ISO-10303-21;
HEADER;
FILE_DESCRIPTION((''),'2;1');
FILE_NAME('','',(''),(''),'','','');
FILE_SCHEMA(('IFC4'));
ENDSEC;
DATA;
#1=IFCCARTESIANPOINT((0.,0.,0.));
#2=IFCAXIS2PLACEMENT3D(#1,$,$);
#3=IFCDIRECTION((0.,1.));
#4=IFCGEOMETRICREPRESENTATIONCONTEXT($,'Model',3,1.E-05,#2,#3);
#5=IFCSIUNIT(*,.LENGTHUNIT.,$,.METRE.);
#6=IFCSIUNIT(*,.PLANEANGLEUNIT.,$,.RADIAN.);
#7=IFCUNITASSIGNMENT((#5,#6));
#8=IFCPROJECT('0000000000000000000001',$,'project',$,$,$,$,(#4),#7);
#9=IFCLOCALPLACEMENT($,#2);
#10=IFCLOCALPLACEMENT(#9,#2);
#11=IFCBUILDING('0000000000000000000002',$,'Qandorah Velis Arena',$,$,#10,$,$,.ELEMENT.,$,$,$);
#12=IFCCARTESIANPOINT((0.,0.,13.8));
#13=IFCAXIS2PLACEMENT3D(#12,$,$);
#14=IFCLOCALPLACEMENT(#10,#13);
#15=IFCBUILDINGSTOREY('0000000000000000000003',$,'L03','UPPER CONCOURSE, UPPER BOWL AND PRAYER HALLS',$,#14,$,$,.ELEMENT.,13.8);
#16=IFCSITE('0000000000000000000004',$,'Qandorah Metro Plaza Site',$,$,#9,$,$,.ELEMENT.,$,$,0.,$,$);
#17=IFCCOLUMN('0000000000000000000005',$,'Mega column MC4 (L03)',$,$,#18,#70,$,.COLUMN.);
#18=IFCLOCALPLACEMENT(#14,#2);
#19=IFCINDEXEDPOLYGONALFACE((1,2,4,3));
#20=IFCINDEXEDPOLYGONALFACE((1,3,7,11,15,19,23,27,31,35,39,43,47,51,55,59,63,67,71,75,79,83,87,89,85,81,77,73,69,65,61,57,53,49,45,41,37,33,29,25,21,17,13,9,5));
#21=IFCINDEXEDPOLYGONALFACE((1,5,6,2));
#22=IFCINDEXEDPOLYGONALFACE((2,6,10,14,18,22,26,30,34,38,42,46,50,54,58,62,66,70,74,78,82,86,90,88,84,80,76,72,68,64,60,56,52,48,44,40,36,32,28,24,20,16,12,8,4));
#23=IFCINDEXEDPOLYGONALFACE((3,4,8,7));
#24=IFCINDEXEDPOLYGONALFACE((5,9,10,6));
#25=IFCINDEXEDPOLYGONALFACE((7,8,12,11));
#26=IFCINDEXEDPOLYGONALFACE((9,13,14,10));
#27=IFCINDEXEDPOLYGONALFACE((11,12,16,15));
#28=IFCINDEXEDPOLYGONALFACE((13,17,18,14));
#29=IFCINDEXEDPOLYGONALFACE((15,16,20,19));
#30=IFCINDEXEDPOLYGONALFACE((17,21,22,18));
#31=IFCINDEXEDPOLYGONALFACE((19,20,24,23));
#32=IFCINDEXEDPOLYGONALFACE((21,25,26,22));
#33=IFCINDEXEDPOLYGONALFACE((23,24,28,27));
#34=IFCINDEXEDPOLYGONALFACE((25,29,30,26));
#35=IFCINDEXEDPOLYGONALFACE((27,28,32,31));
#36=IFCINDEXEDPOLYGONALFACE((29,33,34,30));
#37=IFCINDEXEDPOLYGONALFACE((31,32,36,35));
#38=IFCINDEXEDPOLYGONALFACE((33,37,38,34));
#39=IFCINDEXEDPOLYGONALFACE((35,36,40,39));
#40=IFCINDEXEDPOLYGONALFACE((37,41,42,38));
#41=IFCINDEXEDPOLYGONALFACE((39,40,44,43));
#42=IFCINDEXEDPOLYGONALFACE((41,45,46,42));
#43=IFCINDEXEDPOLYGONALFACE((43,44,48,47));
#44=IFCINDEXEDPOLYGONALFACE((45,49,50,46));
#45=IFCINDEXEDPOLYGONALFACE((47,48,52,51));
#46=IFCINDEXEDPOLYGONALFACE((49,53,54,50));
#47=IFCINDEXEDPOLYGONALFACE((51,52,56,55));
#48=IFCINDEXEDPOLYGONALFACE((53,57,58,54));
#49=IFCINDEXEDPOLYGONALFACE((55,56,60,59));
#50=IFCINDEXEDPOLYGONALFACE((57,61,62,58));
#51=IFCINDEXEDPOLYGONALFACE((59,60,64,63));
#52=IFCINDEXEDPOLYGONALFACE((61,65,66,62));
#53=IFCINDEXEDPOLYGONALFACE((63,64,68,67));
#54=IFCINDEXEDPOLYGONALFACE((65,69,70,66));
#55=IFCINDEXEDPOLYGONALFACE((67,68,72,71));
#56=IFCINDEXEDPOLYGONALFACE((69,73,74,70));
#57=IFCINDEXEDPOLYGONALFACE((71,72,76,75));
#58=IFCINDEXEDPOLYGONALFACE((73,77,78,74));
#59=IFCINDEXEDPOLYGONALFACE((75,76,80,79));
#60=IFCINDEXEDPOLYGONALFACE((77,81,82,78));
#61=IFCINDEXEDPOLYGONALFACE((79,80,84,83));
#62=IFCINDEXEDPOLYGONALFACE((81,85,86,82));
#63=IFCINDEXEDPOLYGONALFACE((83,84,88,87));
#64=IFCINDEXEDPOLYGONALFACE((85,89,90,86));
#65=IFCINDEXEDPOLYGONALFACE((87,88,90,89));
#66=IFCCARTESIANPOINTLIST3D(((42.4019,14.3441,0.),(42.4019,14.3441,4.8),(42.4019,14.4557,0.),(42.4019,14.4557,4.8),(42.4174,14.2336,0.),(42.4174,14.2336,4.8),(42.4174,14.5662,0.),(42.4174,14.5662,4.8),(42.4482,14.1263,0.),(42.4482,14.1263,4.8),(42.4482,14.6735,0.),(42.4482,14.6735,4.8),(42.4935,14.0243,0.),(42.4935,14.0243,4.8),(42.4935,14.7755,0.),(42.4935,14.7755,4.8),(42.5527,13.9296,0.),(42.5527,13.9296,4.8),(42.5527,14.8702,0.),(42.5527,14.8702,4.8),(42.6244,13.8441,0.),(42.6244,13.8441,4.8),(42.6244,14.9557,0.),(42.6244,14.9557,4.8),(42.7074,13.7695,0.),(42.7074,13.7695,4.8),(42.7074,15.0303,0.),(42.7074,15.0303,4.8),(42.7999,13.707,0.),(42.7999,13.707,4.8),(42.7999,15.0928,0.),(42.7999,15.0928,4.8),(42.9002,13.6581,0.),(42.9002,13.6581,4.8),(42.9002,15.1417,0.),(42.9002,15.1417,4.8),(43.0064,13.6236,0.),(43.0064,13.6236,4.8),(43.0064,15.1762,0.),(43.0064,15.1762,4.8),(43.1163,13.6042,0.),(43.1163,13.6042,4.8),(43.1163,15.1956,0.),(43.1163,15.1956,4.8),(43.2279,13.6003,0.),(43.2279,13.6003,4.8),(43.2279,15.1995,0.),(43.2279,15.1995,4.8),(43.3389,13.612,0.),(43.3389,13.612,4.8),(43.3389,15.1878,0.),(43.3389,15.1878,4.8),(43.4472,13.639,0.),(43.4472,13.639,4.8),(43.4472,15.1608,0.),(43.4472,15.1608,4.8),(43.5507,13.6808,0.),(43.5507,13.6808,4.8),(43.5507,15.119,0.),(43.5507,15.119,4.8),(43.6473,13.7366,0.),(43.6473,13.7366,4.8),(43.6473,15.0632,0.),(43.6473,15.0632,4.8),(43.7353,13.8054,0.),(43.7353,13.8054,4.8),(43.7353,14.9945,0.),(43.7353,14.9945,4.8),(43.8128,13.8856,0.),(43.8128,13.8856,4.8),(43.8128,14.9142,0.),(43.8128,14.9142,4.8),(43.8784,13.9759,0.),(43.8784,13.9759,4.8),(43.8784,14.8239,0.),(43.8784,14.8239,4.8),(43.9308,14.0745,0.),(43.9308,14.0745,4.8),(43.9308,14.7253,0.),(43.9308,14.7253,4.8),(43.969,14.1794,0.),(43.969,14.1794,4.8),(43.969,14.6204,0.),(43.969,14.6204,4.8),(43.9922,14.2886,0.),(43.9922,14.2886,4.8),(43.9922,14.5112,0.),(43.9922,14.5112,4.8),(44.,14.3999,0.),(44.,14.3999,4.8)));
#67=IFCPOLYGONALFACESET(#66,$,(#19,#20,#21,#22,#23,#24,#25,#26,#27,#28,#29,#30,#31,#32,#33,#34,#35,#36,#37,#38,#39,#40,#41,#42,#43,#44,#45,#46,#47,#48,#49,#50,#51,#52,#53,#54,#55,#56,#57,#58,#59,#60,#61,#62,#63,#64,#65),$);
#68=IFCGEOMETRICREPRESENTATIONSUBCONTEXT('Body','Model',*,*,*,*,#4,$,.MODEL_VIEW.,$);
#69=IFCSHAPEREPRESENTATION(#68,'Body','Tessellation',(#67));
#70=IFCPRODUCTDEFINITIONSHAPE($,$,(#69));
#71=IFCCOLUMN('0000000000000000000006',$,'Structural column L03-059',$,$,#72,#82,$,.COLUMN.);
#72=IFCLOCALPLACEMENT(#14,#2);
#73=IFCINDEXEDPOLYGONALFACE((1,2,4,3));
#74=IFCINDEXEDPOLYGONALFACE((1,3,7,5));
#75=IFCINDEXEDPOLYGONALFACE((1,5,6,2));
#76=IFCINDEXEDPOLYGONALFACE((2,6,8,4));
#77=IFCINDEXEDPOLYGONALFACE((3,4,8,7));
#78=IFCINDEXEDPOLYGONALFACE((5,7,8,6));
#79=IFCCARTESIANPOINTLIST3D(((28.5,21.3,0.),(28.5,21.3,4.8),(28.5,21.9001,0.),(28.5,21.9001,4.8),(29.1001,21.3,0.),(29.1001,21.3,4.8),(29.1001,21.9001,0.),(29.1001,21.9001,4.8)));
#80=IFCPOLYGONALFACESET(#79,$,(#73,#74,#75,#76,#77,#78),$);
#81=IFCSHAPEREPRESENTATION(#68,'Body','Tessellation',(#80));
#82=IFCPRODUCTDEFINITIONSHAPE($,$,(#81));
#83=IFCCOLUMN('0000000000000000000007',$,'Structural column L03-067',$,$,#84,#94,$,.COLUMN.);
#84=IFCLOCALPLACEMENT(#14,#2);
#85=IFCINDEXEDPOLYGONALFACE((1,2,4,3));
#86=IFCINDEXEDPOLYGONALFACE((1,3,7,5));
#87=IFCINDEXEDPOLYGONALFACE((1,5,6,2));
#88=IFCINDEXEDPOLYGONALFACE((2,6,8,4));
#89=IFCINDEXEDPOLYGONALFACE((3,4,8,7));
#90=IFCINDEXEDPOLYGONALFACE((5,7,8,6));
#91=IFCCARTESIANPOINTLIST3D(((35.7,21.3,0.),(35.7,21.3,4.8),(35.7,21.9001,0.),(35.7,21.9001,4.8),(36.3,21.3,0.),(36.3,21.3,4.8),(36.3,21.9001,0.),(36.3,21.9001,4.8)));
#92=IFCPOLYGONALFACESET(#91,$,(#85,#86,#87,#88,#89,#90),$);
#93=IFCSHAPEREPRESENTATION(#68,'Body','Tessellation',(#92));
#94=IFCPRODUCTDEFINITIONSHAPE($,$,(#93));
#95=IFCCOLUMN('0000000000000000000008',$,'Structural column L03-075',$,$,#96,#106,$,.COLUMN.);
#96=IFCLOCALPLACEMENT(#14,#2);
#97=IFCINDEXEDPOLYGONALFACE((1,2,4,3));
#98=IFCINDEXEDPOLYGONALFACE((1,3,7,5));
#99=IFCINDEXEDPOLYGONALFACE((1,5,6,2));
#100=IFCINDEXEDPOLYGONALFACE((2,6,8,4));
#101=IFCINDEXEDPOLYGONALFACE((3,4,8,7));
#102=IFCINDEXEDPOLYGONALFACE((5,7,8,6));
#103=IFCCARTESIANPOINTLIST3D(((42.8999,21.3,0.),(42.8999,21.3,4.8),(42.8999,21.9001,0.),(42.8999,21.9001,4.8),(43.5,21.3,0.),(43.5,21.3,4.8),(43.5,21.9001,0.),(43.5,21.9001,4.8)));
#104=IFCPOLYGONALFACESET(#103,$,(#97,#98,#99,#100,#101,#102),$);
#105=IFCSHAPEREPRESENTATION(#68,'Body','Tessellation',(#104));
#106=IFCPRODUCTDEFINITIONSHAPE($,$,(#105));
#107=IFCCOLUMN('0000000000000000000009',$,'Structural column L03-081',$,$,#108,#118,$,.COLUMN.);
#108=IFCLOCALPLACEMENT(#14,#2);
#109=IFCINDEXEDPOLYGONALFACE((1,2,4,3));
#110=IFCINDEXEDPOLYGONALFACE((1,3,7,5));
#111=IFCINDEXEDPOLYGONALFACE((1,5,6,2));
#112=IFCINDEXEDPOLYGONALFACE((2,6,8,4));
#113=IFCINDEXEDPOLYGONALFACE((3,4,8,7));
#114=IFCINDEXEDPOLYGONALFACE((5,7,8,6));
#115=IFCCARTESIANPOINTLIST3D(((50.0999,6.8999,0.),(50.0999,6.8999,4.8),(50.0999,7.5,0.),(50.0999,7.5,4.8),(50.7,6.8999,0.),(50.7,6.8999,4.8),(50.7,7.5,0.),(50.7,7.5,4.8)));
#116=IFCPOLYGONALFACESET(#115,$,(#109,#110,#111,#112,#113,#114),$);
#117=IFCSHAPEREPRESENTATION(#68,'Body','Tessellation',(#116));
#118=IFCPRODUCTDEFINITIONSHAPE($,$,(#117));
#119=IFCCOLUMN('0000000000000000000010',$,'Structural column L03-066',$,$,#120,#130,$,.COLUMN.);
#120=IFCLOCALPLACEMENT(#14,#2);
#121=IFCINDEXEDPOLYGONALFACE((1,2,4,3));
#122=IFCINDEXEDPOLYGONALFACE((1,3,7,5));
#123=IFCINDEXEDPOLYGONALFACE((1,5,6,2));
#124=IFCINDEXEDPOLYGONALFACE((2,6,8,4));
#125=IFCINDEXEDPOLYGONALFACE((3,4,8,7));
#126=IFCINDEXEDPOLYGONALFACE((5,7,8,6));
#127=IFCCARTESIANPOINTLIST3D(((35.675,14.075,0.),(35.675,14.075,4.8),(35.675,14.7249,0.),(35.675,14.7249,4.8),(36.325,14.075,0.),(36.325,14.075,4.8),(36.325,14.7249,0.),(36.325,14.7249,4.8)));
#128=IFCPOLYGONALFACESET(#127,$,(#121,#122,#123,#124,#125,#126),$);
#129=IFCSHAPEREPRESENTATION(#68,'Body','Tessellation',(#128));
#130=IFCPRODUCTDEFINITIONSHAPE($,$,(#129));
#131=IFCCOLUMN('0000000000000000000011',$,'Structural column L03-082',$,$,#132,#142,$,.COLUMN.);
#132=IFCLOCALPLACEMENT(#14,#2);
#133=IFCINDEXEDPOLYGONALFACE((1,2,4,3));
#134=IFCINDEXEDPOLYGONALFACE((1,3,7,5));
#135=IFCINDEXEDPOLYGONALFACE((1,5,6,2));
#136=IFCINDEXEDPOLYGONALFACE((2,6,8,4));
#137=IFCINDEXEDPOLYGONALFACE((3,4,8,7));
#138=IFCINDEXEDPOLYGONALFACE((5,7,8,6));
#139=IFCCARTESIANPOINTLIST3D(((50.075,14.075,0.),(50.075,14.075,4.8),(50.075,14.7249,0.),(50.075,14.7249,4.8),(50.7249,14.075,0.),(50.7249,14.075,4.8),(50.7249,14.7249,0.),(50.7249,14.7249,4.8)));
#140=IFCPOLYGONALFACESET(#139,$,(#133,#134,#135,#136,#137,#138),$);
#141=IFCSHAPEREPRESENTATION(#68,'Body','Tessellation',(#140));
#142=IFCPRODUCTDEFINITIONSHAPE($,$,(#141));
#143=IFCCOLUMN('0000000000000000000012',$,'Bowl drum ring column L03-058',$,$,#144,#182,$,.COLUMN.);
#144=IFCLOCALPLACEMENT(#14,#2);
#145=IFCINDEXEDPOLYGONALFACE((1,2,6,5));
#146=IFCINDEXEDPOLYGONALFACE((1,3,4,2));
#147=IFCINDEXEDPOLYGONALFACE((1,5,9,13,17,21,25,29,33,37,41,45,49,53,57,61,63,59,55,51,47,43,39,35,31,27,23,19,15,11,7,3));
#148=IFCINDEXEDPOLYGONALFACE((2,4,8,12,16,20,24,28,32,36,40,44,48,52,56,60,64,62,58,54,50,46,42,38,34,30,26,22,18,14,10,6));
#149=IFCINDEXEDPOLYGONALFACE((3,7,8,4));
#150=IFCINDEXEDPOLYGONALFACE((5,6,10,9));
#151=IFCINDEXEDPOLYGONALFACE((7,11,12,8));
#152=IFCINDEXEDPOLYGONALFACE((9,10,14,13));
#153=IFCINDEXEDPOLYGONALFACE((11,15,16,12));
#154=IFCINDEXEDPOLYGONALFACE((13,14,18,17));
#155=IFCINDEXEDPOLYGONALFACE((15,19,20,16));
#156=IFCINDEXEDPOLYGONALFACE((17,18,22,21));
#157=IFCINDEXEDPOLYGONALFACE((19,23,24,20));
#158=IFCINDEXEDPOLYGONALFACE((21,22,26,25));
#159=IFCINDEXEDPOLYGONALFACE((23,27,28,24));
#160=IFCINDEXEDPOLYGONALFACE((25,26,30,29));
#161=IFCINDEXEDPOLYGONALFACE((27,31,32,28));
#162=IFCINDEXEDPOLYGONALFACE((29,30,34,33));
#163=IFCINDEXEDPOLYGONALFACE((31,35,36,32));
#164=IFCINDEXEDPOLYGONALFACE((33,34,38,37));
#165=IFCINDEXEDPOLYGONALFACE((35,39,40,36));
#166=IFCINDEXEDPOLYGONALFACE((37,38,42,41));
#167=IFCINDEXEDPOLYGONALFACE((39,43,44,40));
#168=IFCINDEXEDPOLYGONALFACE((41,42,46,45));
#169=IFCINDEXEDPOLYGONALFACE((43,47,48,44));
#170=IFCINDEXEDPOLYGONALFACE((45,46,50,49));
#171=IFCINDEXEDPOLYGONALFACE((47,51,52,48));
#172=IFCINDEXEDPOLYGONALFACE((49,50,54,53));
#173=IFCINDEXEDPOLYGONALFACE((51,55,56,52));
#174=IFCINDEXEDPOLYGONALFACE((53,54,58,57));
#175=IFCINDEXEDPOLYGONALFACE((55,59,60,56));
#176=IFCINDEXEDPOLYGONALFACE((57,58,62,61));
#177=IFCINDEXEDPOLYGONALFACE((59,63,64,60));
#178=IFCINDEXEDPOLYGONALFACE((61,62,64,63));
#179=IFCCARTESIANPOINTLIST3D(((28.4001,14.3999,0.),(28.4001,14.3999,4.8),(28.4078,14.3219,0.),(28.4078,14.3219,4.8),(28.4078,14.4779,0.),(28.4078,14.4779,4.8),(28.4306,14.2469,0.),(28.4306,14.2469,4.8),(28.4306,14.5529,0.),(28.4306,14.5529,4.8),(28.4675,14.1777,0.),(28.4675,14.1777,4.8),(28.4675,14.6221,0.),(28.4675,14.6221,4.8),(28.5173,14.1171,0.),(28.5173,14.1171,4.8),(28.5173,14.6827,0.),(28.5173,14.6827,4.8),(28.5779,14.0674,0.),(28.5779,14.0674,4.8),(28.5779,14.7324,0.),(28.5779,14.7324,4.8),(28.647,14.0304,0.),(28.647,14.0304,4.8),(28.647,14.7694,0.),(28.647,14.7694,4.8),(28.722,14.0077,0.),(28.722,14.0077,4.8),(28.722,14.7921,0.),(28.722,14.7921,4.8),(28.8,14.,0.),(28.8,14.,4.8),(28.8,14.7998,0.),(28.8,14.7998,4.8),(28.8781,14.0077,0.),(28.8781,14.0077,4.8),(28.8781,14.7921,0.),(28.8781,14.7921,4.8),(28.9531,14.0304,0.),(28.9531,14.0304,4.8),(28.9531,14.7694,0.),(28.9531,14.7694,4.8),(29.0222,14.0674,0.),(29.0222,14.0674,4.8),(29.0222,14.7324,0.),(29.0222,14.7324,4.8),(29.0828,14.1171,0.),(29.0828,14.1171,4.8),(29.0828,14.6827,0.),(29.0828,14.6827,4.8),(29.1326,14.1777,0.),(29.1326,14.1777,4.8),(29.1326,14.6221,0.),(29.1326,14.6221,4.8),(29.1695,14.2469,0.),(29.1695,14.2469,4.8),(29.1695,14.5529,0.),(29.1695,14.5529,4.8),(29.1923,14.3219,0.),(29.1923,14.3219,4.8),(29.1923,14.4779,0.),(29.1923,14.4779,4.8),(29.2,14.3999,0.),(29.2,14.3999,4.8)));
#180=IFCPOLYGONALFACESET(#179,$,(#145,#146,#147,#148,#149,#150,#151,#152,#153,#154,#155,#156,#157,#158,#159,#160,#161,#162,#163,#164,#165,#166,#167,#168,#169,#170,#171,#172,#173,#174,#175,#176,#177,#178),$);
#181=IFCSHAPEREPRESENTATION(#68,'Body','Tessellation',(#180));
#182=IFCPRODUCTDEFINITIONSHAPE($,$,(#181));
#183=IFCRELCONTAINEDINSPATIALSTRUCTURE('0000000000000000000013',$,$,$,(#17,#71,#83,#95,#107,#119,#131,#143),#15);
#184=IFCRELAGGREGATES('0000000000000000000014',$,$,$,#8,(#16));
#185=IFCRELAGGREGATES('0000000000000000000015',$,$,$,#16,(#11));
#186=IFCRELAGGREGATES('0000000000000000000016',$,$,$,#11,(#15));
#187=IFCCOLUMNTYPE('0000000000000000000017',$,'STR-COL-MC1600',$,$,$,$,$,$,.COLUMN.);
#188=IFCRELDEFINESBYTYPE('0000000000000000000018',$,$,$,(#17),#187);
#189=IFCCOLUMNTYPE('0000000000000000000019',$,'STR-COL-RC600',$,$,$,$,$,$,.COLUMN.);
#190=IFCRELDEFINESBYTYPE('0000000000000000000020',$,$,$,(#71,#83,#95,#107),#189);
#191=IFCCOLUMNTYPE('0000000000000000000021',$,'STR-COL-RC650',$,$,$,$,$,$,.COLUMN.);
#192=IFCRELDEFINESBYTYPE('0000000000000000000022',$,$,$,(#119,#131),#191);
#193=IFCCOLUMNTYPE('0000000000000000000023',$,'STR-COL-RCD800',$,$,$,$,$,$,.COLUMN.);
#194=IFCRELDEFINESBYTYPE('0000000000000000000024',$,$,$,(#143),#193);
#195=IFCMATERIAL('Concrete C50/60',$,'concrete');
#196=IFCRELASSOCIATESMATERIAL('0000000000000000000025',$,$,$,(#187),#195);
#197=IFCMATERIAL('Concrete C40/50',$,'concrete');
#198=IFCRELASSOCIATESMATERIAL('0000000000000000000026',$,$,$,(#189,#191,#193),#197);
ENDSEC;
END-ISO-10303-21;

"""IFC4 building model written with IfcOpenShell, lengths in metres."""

from ifc_helpers import new_model, si_unit, direction, frame, origin, origin_2d, place, context, subcontext, project, spatial, rectangle, circle, extrude, material, material_profile, profile_set, type_object, element, save


model = new_model("IFC4")

# Units and contexts
model_context = context("Model", 3, precision=1e-05, world=origin(), true_north=direction((0.0, 1.0)))
body_context = subcontext(model_context, "Body", "Model", "MODEL_VIEW")
ifc_project = project(units=[si_unit("LENGTHUNIT", "METRE"), si_unit("PLANEANGLEUNIT", "RADIAN")], contexts=[model_context])

# Site, building, storey
site_placement = place(None, origin())
site = spatial("IfcSite", under=ifc_project, at=site_placement, Name="Qandorah Metro Plaza Site", CompositionType="ELEMENT", RefElevation=0.0)
building_placement = place(site_placement, origin())
building = spatial("IfcBuilding", under=site, at=building_placement, Name="Qandorah Velis Arena", CompositionType="ELEMENT")
storey_placement = place(building_placement, frame((0.0, 0.0, 13.8)))
storey = spatial("IfcBuildingStorey", under=building, at=storey_placement, Name="L03", Description="UPPER CONCOURSE, UPPER BOWL AND PRAYER HALLS", CompositionType="ELEMENT", Elevation=13.8)

# Columns
ifc_material_1 = material(Name="Concrete C50/60", Category="concrete")
ifc_material_profile_1 = material_profile(ifc_material_1, circle(Radius=0.8, at=origin_2d()), Name="MC D1600")
ifc_profile_set_1 = profile_set([ifc_material_profile_1], Name="Concrete C50/60")
column_type_1 = type_object("IfcColumnType", Name="STR-COL-MC1600", PredefinedType="COLUMN", material=ifc_profile_set_1)
column_1_placement = place(storey_placement, frame((43.2, 14.3999, 0.0), z_axis=(0.0, 0.0, 1.0), x_axis=(1.0, 0.0, 0.0)))
element("IfcColumn", 1, at=column_1_placement, inside=storey, type_object=column_type_1, Name="Mega column MC4 (L03)", PredefinedType="COLUMN", context=body_context, shape_type="SweptSolid", body=[
    extrude(circle(Radius=0.8, at=origin_2d()), origin(), (0.0, 0.0, 1.0), 4.8),
])
ifc_material_2 = material(Name="Concrete C40/50", Category="concrete")
ifc_material_profile_2 = material_profile(ifc_material_2, rectangle(XDim=0.6001, YDim=0.6001, at=origin_2d()), Name="RC COL 600x600")
ifc_profile_set_2 = profile_set([ifc_material_profile_2], Name="Concrete C40/50")
column_type_2 = type_object("IfcColumnType", Name="STR-COL-RC600", PredefinedType="COLUMN", material=ifc_profile_set_2)
for number, where, z_axis, x_axis, name in (
    (2, (28.8, 21.6001, 0.0), (0.0, 0.0, 1.0), (1.0, 0.0, 0.0), "Structural column L03-059"),
    (3, (36.0, 21.6001, 0.0), (0.0, 0.0, 1.0), (1.0, 0.0, 0.0), "Structural column L03-067"),
    (4, (43.2, 21.6001, 0.0), (0.0, 0.0, 1.0), (1.0, 0.0, 0.0), "Structural column L03-075"),
    (5, (50.3999, 7.2, 0.0), (0.0, 0.0, 1.0), (1.0, 0.0, 0.0), "Structural column L03-081"),
):
    element("IfcColumn", number, at=place(storey_placement, frame(where, z_axis=z_axis, x_axis=x_axis)), inside=storey, type_object=column_type_2, Name=name, PredefinedType="COLUMN", context=body_context, shape_type="SweptSolid", body=[
        extrude(rectangle(XDim=0.6001, YDim=0.6001, at=origin_2d()), origin(), (0.0, 0.0, 1.0), 4.8),
    ])
ifc_material_profile_3 = material_profile(ifc_material_2, rectangle(XDim=0.6499, YDim=0.6499, at=origin_2d()), Name="RC COL 650x650")
ifc_profile_set_3 = profile_set([ifc_material_profile_3], Name="Concrete C40/50")
column_type_3 = type_object("IfcColumnType", Name="STR-COL-RC650", PredefinedType="COLUMN", material=ifc_profile_set_3)
for number, where, z_axis, x_axis, name in (
    (6, (36.0, 14.3999, 0.0), (0.0, 0.0, 1.0), (1.0, 0.0, 0.0), "Structural column L03-066"),
    (7, (50.3999, 14.3999, 0.0), (0.0, 0.0, 1.0), (1.0, 0.0, 0.0), "Structural column L03-082"),
):
    element("IfcColumn", number, at=place(storey_placement, frame(where, z_axis=z_axis, x_axis=x_axis)), inside=storey, type_object=column_type_3, Name=name, PredefinedType="COLUMN", context=body_context, shape_type="SweptSolid", body=[
        extrude(rectangle(XDim=0.6499, YDim=0.6499, at=origin_2d()), origin(), (0.0, 0.0, 1.0), 4.8),
    ])
ifc_material_profile_4 = material_profile(ifc_material_2, circle(Radius=0.3999, at=origin_2d()), Name="RC D800")
ifc_profile_set_4 = profile_set([ifc_material_profile_4], Name="Concrete C40/50")
column_type_4 = type_object("IfcColumnType", Name="STR-COL-RCD800", PredefinedType="COLUMN", material=ifc_profile_set_4)
column_2_placement = place(storey_placement, frame((28.8, 14.3999, 0.0), z_axis=(0.0, 0.0, 1.0), x_axis=(1.0, 0.0, 0.0)))
element("IfcColumn", 8, at=column_2_placement, inside=storey, type_object=column_type_4, Name="Bowl drum ring column L03-058", PredefinedType="COLUMN", context=body_context, shape_type="SweptSolid", body=[
    extrude(circle(Radius=0.3999, at=origin_2d()), origin(), (0.0, 0.0, 1.0), 4.8),
])

save(model, "model.ifc")
